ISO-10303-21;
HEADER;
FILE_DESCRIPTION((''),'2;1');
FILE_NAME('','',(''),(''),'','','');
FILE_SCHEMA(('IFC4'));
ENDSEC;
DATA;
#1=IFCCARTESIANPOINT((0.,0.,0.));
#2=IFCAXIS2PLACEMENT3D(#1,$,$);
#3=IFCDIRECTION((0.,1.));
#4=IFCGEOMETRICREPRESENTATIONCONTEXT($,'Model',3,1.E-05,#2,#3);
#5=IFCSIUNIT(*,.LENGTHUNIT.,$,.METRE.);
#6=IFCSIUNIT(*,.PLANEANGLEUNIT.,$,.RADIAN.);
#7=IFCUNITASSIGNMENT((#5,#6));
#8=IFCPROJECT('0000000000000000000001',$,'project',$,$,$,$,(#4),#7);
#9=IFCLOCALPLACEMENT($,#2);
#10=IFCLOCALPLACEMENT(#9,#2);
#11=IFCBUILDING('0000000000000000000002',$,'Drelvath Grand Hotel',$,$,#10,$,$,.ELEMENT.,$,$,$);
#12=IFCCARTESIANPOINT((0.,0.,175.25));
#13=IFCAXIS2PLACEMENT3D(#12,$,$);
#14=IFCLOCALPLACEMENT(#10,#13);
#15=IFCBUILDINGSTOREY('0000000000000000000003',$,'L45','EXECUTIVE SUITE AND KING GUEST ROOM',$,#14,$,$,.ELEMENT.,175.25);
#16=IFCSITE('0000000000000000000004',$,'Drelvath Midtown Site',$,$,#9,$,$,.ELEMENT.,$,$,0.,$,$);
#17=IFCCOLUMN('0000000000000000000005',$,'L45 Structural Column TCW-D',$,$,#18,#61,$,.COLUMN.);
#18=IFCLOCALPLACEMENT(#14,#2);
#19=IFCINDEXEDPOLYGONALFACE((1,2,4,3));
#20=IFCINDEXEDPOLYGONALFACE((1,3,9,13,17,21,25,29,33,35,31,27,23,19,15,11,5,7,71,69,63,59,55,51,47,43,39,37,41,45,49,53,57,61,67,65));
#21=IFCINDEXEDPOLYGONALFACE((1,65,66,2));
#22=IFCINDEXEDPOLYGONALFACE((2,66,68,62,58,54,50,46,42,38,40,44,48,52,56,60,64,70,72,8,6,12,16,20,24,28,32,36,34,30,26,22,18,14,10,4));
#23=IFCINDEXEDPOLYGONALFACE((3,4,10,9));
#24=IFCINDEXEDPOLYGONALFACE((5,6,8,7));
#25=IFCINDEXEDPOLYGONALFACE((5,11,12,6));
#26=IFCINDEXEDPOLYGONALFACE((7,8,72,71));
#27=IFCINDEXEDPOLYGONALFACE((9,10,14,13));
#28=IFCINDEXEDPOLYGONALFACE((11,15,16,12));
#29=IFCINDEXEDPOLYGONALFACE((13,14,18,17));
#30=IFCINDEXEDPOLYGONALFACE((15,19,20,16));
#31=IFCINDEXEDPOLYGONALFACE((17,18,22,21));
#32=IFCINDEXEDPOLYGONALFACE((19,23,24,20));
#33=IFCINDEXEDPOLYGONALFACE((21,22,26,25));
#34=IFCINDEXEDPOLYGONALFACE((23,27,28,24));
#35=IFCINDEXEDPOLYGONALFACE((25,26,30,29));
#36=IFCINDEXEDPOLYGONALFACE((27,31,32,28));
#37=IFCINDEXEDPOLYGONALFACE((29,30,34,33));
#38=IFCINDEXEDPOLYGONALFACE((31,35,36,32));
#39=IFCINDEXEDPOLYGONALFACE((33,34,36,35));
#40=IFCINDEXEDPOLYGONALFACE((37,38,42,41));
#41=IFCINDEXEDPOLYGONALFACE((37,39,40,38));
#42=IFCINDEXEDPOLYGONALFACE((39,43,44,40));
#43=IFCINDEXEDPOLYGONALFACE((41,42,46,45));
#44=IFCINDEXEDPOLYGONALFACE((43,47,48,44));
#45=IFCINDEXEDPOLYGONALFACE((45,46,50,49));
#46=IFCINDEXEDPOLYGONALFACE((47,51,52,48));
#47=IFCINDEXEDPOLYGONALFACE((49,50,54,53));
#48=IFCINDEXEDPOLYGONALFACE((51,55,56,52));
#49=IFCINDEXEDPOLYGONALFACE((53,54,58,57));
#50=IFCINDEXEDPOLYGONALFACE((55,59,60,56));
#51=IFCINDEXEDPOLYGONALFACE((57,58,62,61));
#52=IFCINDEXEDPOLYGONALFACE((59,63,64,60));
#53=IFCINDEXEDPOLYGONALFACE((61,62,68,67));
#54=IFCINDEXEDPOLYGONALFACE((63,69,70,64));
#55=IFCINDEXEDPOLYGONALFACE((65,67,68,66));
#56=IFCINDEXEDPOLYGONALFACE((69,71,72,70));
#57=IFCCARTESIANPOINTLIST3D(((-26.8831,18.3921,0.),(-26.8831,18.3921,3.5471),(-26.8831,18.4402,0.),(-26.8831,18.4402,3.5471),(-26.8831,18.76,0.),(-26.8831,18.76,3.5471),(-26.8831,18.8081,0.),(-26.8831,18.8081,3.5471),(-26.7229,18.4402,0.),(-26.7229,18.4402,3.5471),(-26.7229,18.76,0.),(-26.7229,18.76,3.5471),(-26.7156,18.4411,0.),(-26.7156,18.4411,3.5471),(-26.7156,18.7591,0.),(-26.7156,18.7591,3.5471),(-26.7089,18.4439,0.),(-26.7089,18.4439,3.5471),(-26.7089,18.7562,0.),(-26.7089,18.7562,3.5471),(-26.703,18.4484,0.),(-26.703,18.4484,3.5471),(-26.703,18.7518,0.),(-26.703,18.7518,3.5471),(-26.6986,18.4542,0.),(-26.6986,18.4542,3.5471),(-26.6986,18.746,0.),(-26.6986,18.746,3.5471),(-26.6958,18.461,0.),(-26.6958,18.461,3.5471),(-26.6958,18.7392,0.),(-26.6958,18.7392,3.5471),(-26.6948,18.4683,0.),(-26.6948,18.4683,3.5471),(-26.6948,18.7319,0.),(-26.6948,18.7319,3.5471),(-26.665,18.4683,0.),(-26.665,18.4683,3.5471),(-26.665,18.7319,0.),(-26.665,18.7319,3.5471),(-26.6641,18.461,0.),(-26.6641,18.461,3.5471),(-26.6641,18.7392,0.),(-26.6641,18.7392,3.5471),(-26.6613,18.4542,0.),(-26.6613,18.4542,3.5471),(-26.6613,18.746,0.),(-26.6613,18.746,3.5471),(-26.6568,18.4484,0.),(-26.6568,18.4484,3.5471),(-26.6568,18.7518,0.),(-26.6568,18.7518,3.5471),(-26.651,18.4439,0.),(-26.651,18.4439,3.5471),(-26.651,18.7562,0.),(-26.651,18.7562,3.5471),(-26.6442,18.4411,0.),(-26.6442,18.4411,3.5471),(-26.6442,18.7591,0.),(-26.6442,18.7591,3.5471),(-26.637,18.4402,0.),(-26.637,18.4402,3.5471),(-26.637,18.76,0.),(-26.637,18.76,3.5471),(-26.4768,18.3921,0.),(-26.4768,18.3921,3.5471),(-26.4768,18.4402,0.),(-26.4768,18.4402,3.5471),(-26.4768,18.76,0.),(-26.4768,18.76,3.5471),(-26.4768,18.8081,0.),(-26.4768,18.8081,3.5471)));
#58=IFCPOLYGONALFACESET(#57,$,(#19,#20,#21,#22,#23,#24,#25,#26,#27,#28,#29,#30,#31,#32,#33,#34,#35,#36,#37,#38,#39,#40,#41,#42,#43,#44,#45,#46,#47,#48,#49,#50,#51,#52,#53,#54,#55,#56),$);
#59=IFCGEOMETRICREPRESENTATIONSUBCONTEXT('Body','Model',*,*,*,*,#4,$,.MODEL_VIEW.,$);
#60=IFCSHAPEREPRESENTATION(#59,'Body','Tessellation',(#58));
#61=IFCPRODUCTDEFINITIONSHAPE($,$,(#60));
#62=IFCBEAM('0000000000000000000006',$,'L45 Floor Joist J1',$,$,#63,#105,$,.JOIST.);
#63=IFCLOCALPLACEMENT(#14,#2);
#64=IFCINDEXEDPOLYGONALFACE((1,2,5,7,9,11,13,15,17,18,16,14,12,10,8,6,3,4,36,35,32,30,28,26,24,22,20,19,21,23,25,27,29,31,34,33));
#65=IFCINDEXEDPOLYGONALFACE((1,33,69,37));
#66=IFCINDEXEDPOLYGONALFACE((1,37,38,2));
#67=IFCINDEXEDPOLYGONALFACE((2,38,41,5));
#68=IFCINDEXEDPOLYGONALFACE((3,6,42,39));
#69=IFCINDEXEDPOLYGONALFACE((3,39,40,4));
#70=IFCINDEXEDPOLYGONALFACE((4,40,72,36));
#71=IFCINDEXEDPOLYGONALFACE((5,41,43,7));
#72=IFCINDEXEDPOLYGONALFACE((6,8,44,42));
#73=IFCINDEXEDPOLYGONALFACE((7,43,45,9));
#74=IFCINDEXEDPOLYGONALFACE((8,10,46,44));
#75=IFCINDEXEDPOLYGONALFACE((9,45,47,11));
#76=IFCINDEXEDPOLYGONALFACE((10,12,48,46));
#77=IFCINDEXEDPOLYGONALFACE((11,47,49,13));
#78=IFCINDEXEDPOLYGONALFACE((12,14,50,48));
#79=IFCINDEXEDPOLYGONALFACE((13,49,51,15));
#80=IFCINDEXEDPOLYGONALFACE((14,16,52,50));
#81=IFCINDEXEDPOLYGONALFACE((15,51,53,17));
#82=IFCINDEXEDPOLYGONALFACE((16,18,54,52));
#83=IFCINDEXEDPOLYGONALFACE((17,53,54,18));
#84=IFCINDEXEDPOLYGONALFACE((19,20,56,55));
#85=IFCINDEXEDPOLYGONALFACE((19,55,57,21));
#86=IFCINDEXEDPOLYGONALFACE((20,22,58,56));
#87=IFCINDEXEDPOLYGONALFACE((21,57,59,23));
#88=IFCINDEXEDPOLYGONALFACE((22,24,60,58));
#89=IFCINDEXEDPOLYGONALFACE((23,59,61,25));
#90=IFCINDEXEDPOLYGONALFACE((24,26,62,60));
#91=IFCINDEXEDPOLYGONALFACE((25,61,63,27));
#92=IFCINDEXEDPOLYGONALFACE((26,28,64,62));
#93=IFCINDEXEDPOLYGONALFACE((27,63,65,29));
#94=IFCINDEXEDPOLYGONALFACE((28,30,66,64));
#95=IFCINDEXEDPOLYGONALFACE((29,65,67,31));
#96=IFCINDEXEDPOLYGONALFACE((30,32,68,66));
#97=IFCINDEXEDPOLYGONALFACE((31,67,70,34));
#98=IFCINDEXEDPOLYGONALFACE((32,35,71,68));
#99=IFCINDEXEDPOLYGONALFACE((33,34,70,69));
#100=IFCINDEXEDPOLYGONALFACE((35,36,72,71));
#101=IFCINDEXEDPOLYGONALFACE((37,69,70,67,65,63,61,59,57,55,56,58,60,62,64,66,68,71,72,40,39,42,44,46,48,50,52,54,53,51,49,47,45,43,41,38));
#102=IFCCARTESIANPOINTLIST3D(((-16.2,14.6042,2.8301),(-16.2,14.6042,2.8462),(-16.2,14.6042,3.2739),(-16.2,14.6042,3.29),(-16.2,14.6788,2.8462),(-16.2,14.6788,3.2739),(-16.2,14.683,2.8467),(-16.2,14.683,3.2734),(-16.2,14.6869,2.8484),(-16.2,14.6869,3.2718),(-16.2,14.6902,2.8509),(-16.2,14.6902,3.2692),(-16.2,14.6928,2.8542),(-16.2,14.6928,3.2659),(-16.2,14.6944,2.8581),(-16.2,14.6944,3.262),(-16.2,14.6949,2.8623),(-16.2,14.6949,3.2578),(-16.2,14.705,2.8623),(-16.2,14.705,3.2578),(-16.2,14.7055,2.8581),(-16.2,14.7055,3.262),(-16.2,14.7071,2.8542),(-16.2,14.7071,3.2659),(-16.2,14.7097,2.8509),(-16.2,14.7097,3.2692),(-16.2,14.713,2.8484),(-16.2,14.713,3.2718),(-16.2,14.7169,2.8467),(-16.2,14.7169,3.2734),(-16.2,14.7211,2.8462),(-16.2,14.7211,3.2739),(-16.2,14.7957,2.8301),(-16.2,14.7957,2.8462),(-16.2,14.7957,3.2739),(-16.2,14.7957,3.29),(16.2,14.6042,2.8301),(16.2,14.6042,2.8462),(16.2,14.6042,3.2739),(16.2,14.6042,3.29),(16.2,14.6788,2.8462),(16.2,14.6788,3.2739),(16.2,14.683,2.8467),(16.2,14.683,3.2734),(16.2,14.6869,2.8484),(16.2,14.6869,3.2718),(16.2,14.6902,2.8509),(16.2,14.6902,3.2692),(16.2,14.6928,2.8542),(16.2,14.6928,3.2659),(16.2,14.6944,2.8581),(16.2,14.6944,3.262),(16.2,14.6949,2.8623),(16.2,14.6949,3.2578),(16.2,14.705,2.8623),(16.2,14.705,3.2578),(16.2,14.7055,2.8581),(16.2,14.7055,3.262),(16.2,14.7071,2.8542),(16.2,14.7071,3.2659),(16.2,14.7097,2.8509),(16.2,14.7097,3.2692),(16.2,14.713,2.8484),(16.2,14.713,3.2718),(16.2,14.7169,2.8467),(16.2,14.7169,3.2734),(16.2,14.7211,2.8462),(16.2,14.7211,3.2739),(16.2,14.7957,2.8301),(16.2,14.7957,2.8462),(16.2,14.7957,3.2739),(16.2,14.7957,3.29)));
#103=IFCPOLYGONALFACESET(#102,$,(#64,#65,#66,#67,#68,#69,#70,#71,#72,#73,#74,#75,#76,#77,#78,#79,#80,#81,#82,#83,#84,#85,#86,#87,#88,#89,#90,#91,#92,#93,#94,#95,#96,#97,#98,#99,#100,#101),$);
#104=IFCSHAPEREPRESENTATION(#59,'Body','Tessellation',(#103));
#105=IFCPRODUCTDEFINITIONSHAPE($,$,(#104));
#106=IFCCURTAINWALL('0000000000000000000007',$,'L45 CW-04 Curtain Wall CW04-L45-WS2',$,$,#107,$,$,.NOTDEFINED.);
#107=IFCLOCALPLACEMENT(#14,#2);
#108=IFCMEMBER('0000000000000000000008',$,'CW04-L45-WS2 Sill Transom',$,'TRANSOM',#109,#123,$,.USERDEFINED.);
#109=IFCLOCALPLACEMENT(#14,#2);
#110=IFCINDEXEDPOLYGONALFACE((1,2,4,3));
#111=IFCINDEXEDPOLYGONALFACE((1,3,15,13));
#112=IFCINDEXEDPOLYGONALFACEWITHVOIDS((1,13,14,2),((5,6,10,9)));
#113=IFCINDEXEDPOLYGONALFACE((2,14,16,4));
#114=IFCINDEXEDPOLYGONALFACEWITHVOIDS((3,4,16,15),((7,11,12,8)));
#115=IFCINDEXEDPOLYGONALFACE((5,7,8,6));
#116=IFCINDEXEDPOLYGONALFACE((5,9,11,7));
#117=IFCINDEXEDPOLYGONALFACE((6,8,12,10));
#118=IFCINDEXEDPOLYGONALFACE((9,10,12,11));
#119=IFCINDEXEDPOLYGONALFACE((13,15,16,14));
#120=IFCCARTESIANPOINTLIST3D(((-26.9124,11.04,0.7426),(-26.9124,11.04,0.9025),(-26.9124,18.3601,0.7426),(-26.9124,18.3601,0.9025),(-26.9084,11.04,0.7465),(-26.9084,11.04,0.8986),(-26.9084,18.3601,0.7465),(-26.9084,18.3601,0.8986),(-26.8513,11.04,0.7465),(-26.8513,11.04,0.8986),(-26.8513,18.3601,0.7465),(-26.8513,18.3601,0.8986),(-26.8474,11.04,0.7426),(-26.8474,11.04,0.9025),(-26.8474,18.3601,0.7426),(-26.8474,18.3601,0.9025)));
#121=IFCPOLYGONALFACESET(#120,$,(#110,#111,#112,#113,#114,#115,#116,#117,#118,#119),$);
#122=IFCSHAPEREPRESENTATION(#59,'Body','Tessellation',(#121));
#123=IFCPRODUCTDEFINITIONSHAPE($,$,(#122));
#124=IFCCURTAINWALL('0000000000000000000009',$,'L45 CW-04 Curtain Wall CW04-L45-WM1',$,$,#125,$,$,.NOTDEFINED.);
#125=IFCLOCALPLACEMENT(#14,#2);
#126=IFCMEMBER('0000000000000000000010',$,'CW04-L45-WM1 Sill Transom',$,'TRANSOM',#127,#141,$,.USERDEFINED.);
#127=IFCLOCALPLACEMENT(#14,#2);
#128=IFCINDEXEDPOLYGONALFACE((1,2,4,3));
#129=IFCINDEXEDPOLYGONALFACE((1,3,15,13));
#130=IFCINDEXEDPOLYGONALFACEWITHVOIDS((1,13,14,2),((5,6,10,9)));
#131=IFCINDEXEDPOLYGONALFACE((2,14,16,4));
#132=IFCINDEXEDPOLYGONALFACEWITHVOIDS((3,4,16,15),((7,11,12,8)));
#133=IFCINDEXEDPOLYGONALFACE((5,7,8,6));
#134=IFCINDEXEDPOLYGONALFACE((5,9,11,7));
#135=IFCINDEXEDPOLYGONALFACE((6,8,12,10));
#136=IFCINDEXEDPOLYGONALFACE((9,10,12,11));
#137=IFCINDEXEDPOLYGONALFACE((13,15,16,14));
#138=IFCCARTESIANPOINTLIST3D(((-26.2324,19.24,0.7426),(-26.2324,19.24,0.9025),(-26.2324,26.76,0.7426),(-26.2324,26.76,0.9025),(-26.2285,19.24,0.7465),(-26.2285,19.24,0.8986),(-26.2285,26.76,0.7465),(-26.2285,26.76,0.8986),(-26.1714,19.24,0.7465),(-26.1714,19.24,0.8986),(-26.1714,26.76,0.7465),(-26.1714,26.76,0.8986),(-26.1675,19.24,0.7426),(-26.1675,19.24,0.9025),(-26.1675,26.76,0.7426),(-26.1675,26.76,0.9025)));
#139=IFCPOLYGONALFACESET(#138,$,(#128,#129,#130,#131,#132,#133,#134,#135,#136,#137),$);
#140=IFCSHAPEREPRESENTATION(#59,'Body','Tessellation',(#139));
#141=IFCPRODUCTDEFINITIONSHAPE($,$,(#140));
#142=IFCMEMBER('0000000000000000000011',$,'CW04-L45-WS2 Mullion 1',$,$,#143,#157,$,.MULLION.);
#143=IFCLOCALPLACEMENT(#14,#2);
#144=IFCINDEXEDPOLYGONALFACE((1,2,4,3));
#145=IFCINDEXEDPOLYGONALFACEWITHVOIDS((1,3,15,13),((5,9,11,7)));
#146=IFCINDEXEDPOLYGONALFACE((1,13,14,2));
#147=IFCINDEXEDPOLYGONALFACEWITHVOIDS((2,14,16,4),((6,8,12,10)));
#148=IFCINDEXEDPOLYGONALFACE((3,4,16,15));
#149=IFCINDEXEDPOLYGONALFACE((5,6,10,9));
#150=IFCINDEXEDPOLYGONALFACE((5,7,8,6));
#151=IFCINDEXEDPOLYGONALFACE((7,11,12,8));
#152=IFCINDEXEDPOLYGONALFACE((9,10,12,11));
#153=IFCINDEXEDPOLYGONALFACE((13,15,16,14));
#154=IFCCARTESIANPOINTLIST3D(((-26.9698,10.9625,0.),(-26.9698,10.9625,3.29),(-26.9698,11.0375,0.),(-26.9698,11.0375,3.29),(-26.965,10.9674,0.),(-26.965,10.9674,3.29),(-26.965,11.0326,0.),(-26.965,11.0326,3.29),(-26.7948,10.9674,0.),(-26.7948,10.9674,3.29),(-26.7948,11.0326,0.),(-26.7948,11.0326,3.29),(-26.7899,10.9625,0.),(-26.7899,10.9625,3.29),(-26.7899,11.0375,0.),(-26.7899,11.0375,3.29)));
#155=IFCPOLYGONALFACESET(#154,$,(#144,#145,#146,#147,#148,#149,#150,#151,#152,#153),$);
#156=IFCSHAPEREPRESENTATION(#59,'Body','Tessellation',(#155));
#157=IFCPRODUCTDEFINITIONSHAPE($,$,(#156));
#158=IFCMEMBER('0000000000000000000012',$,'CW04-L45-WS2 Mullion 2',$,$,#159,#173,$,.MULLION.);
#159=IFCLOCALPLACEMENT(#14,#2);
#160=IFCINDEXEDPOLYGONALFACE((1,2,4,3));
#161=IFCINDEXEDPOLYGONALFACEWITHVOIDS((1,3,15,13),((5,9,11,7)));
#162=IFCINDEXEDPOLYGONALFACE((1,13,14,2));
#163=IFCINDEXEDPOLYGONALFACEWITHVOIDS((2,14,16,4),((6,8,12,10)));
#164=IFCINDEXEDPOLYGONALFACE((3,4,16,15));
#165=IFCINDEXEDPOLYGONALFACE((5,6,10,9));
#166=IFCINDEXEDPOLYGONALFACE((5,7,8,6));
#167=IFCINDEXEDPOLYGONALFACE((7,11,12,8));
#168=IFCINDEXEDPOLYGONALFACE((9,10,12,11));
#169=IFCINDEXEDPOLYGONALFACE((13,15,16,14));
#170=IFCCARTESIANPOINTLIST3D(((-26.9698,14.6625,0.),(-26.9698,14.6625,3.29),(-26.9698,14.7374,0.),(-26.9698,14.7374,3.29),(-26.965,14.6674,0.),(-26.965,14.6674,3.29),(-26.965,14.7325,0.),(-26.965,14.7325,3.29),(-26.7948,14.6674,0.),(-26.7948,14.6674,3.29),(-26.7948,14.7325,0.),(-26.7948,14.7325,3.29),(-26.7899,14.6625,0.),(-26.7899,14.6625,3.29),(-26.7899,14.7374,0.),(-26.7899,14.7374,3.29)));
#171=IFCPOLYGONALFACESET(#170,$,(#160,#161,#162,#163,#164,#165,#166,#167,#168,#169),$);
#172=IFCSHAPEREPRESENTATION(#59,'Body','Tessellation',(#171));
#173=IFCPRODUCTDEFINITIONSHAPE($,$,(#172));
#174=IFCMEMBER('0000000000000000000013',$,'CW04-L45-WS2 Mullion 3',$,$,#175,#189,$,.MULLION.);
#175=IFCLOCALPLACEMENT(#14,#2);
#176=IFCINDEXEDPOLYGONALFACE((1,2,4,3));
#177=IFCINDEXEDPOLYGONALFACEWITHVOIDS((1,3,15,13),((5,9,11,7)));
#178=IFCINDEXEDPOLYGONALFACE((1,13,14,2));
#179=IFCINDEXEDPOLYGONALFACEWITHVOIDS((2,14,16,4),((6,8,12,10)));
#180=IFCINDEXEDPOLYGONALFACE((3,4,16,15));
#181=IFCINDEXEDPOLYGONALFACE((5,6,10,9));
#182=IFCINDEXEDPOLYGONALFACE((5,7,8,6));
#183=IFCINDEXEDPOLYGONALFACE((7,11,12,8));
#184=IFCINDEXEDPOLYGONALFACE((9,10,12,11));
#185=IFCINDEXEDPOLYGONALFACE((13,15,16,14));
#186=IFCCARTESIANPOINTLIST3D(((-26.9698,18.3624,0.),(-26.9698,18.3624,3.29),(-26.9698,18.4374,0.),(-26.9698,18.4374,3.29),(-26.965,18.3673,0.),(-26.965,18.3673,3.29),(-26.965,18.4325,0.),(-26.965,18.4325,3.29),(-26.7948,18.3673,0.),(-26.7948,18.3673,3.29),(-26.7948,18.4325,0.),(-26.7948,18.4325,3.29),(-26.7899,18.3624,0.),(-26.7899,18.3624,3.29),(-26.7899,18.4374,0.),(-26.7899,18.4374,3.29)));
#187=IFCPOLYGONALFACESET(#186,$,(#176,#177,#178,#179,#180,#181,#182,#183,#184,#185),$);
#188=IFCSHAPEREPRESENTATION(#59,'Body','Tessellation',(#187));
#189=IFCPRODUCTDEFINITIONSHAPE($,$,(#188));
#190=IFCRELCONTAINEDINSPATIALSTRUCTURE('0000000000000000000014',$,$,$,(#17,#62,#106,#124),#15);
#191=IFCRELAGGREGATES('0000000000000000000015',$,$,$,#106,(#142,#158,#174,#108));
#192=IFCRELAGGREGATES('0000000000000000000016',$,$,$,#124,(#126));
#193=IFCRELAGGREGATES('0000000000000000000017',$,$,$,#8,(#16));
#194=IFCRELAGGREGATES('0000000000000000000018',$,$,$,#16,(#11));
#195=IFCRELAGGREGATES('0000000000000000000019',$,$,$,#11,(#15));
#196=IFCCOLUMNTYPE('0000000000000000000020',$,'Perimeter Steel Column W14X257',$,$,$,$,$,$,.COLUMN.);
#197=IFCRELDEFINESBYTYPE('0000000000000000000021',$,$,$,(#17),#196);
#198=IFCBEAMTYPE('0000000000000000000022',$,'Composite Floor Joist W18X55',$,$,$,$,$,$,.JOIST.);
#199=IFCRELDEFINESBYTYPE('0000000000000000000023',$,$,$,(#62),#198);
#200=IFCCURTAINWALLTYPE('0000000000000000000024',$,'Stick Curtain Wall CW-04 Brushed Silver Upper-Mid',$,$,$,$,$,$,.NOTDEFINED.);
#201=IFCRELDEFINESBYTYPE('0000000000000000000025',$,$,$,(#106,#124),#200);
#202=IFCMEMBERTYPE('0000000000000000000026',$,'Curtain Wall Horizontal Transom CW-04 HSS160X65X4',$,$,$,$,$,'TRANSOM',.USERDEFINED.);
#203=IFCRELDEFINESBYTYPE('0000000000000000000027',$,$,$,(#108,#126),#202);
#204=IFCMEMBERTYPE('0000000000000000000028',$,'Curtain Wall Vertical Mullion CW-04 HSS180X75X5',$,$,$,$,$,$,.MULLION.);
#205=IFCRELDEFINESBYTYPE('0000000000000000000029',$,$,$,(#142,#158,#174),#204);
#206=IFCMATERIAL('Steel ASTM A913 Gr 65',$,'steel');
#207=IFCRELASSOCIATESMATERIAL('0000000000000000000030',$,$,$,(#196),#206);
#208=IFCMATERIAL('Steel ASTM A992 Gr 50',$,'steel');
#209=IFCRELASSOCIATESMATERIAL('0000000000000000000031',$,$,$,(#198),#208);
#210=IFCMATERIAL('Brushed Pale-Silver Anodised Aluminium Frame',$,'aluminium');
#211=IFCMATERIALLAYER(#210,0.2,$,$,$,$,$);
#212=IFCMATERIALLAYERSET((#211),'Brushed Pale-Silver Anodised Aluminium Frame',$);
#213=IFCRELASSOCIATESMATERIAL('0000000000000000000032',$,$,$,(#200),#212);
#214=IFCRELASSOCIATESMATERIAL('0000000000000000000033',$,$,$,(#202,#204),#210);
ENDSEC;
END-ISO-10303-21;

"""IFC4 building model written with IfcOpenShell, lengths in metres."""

from ifc_helpers import new_model, si_unit, direction, frame, origin, origin_2d, place, context, subcontext, project, spatial, hollow_rectangle, i_section, extrude, material, layer, layer_set, material_profile, profile_set, type_object, element, aggregate, save


model = new_model("IFC4")

# Units and contexts
model_context = context("Model", 3, precision=1e-05, world=origin(), true_north=direction((0.0, 1.0)))
body_context = subcontext(model_context, "Body", "Model", "MODEL_VIEW")
ifc_project = project(units=[si_unit("LENGTHUNIT", "METRE"), si_unit("PLANEANGLEUNIT", "RADIAN")], contexts=[model_context])

# Site, building, storey
site_placement = place(None, origin())
site = spatial("IfcSite", under=ifc_project, at=site_placement, Name="Drelvath Midtown Site", CompositionType="ELEMENT", RefElevation=0.0)
building_placement = place(site_placement, origin())
building = spatial("IfcBuilding", under=site, at=building_placement, Name="Drelvath Grand Hotel", CompositionType="ELEMENT")
storey_placement = place(building_placement, frame((0.0, 0.0, 175.25)))
storey = spatial("IfcBuildingStorey", under=building, at=storey_placement, Name="L45", Description="EXECUTIVE SUITE AND KING GUEST ROOM", CompositionType="ELEMENT", Elevation=175.25)

# Column
ifc_material_1 = material(Name="Steel ASTM A913 Gr 65", Category="steel")
ifc_material_profile_1 = material_profile(ifc_material_1, i_section(OverallWidth=0.4062, OverallDepth=0.416, WebThickness=0.0298, FlangeThickness=0.0481, FilletRadius=0.0281, at=origin_2d()), Name="W14X257")
ifc_profile_set_1 = profile_set([ifc_material_profile_1], Name="Steel ASTM A913 Gr 65")
column_type = type_object("IfcColumnType", Name="Perimeter Steel Column W14X257", PredefinedType="COLUMN", material=ifc_profile_set_1)
column_placement = place(storey_placement, frame((-26.6799, 18.6001, 0.0), z_axis=(0.0, 0.0, 1.0), x_axis=(1.0, 0.0, 0.0)))
element("IfcColumn", 1, at=column_placement, inside=storey, type_object=column_type, Name="L45 Structural Column TCW-D", PredefinedType="COLUMN", context=body_context, shape_type="SweptSolid", body=[
    extrude(i_section(OverallWidth=0.4062, OverallDepth=0.416, WebThickness=0.0298, FlangeThickness=0.0481, FilletRadius=0.0281, at=origin_2d()), origin(), (0.0, 0.0, 1.0), 3.5471),
])

# Beam
ifc_material_2 = material(Name="Steel ASTM A992 Gr 50", Category="steel")
ifc_material_profile_2 = material_profile(ifc_material_2, i_section(OverallWidth=0.1914, OverallDepth=0.46, WebThickness=0.01, FlangeThickness=0.0161, FilletRadius=0.0161, at=origin_2d()), Name="W18X55")
ifc_profile_set_2 = profile_set([ifc_material_profile_2], Name="Steel ASTM A992 Gr 50")
beam_type_1 = type_object("IfcBeamType", Name="Composite Floor Joist W18X55", PredefinedType="JOIST", material=ifc_profile_set_2)
beam_1_placement = place(storey_placement, frame((-16.2, 14.7, 3.0601), z_axis=(1.0, 0.0, 0.0), x_axis=(0.0, 1.0, 0.0)))
element("IfcBeam", 2, at=beam_1_placement, inside=storey, type_object=beam_type_1, Name="L45 Floor Joist J1", PredefinedType="JOIST", context=body_context, shape_type="SweptSolid", body=[
    extrude(i_section(OverallWidth=0.1914, OverallDepth=0.46, WebThickness=0.01, FlangeThickness=0.0161, FilletRadius=0.0161, at=origin_2d()), origin(), (0.0, 0.0, 1.0), 32.3999),
])

# Curtain walls, members
ifc_material_3 = material(Name="Brushed Pale-Silver Anodised Aluminium Frame", Category="aluminium")
ifc_layer_1 = layer(ifc_material_3, 0.2)
ifc_layer_set_1 = layer_set([ifc_layer_1], Name="Brushed Pale-Silver Anodised Aluminium Frame")
curtain_wall_type = type_object("IfcCurtainWallType", Name="Stick Curtain Wall CW-04 Brushed Silver Upper-Mid", PredefinedType="NOTDEFINED", material=ifc_layer_set_1)
curtain_wall_1_placement = place(storey_placement, origin())
curtain_wall_1 = element("IfcCurtainWall", 3, at=curtain_wall_1_placement, inside=storey, type_object=curtain_wall_type, Name="L45 CW-04 Curtain Wall CW04-L45-WS2", PredefinedType="NOTDEFINED")
ifc_material_profile_3 = material_profile(ifc_material_3, hollow_rectangle(XDim=0.0649, YDim=0.1599, WallThickness=0.0039, at=origin_2d()), Name="HSS160X65X4")
ifc_profile_set_3 = profile_set([ifc_material_profile_3], Name="Brushed Pale-Silver Anodised Aluminium Frame")
member_type_1 = type_object("IfcMemberType", Name="Curtain Wall Horizontal Transom CW-04 HSS160X65X4", ElementType="TRANSOM", PredefinedType="USERDEFINED", material=ifc_profile_set_3)
member_1_placement = place(storey_placement, frame((-26.8799, 11.04, 0.8225), z_axis=(0.0, 1.0, 0.0), x_axis=(-1.0, 0.0, 0.0)))
member_1 = element("IfcMember", 4, at=member_1_placement, type_object=member_type_1, Name="CW04-L45-WS2 Sill Transom", ObjectType="TRANSOM", PredefinedType="USERDEFINED", context=body_context, shape_type="SweptSolid", body=[
    extrude(hollow_rectangle(XDim=0.0649, YDim=0.1599, WallThickness=0.0039, at=origin_2d()), origin(), (0.0, 0.0, 1.0), 7.3201),
])
curtain_wall_2_placement = place(storey_placement, origin())
curtain_wall_2 = element("IfcCurtainWall", 5, at=curtain_wall_2_placement, inside=storey, type_object=curtain_wall_type, Name="L45 CW-04 Curtain Wall CW04-L45-WM1", PredefinedType="NOTDEFINED")
member_2_placement = place(storey_placement, frame((-26.2, 19.24, 0.8225), z_axis=(0.0, 1.0, 0.0), x_axis=(-1.0, 0.0, 0.0)))
member_2 = element("IfcMember", 6, at=member_2_placement, type_object=member_type_1, Name="CW04-L45-WM1 Sill Transom", ObjectType="TRANSOM", PredefinedType="USERDEFINED", context=body_context, shape_type="SweptSolid", body=[
    extrude(hollow_rectangle(XDim=0.0649, YDim=0.1599, WallThickness=0.0039, at=origin_2d()), origin(), (0.0, 0.0, 1.0), 7.52),
])

# Members
ifc_material_profile_4 = material_profile(ifc_material_3, hollow_rectangle(XDim=0.075, YDim=0.1799, WallThickness=0.0049, at=origin_2d()), Name="HSS180X75X5")
ifc_profile_set_4 = profile_set([ifc_material_profile_4], Name="Brushed Pale-Silver Anodised Aluminium Frame")
member_type_2 = type_object("IfcMemberType", Name="Curtain Wall Vertical Mullion CW-04 HSS180X75X5", PredefinedType="MULLION", material=ifc_profile_set_4)
member_3_placement = place(storey_placement, frame((-26.8799, 11.0, 0.0), z_axis=(0.0, 0.0, 1.0), x_axis=(0.0, 1.0, 0.0)))
member_3 = element("IfcMember", 7, at=member_3_placement, type_object=member_type_2, Name="CW04-L45-WS2 Mullion 1", PredefinedType="MULLION", context=body_context, shape_type="SweptSolid", body=[
    extrude(hollow_rectangle(XDim=0.075, YDim=0.1799, WallThickness=0.0049, at=origin_2d()), origin(), (0.0, 0.0, 1.0), 3.29),
])
member_4_placement = place(storey_placement, frame((-26.8799, 14.7, 0.0), z_axis=(0.0, 0.0, 1.0), x_axis=(0.0, 1.0, 0.0)))
member_4 = element("IfcMember", 8, at=member_4_placement, type_object=member_type_2, Name="CW04-L45-WS2 Mullion 2", PredefinedType="MULLION", context=body_context, shape_type="SweptSolid", body=[
    extrude(hollow_rectangle(XDim=0.075, YDim=0.1799, WallThickness=0.0049, at=origin_2d()), origin(), (0.0, 0.0, 1.0), 3.29),
])
member_5_placement = place(storey_placement, frame((-26.8799, 18.3999, 0.0), z_axis=(0.0, 0.0, 1.0), x_axis=(0.0, 1.0, 0.0)))
member_5 = element("IfcMember", 9, at=member_5_placement, type_object=member_type_2, Name="CW04-L45-WS2 Mullion 3", PredefinedType="MULLION", context=body_context, shape_type="SweptSolid", body=[
    extrude(hollow_rectangle(XDim=0.075, YDim=0.1799, WallThickness=0.0049, at=origin_2d()), origin(), (0.0, 0.0, 1.0), 3.29),
])

aggregate(curtain_wall_1, [member_3, member_4, member_5, member_1])
aggregate(curtain_wall_2, [member_2])

save(model, "model.ifc")
